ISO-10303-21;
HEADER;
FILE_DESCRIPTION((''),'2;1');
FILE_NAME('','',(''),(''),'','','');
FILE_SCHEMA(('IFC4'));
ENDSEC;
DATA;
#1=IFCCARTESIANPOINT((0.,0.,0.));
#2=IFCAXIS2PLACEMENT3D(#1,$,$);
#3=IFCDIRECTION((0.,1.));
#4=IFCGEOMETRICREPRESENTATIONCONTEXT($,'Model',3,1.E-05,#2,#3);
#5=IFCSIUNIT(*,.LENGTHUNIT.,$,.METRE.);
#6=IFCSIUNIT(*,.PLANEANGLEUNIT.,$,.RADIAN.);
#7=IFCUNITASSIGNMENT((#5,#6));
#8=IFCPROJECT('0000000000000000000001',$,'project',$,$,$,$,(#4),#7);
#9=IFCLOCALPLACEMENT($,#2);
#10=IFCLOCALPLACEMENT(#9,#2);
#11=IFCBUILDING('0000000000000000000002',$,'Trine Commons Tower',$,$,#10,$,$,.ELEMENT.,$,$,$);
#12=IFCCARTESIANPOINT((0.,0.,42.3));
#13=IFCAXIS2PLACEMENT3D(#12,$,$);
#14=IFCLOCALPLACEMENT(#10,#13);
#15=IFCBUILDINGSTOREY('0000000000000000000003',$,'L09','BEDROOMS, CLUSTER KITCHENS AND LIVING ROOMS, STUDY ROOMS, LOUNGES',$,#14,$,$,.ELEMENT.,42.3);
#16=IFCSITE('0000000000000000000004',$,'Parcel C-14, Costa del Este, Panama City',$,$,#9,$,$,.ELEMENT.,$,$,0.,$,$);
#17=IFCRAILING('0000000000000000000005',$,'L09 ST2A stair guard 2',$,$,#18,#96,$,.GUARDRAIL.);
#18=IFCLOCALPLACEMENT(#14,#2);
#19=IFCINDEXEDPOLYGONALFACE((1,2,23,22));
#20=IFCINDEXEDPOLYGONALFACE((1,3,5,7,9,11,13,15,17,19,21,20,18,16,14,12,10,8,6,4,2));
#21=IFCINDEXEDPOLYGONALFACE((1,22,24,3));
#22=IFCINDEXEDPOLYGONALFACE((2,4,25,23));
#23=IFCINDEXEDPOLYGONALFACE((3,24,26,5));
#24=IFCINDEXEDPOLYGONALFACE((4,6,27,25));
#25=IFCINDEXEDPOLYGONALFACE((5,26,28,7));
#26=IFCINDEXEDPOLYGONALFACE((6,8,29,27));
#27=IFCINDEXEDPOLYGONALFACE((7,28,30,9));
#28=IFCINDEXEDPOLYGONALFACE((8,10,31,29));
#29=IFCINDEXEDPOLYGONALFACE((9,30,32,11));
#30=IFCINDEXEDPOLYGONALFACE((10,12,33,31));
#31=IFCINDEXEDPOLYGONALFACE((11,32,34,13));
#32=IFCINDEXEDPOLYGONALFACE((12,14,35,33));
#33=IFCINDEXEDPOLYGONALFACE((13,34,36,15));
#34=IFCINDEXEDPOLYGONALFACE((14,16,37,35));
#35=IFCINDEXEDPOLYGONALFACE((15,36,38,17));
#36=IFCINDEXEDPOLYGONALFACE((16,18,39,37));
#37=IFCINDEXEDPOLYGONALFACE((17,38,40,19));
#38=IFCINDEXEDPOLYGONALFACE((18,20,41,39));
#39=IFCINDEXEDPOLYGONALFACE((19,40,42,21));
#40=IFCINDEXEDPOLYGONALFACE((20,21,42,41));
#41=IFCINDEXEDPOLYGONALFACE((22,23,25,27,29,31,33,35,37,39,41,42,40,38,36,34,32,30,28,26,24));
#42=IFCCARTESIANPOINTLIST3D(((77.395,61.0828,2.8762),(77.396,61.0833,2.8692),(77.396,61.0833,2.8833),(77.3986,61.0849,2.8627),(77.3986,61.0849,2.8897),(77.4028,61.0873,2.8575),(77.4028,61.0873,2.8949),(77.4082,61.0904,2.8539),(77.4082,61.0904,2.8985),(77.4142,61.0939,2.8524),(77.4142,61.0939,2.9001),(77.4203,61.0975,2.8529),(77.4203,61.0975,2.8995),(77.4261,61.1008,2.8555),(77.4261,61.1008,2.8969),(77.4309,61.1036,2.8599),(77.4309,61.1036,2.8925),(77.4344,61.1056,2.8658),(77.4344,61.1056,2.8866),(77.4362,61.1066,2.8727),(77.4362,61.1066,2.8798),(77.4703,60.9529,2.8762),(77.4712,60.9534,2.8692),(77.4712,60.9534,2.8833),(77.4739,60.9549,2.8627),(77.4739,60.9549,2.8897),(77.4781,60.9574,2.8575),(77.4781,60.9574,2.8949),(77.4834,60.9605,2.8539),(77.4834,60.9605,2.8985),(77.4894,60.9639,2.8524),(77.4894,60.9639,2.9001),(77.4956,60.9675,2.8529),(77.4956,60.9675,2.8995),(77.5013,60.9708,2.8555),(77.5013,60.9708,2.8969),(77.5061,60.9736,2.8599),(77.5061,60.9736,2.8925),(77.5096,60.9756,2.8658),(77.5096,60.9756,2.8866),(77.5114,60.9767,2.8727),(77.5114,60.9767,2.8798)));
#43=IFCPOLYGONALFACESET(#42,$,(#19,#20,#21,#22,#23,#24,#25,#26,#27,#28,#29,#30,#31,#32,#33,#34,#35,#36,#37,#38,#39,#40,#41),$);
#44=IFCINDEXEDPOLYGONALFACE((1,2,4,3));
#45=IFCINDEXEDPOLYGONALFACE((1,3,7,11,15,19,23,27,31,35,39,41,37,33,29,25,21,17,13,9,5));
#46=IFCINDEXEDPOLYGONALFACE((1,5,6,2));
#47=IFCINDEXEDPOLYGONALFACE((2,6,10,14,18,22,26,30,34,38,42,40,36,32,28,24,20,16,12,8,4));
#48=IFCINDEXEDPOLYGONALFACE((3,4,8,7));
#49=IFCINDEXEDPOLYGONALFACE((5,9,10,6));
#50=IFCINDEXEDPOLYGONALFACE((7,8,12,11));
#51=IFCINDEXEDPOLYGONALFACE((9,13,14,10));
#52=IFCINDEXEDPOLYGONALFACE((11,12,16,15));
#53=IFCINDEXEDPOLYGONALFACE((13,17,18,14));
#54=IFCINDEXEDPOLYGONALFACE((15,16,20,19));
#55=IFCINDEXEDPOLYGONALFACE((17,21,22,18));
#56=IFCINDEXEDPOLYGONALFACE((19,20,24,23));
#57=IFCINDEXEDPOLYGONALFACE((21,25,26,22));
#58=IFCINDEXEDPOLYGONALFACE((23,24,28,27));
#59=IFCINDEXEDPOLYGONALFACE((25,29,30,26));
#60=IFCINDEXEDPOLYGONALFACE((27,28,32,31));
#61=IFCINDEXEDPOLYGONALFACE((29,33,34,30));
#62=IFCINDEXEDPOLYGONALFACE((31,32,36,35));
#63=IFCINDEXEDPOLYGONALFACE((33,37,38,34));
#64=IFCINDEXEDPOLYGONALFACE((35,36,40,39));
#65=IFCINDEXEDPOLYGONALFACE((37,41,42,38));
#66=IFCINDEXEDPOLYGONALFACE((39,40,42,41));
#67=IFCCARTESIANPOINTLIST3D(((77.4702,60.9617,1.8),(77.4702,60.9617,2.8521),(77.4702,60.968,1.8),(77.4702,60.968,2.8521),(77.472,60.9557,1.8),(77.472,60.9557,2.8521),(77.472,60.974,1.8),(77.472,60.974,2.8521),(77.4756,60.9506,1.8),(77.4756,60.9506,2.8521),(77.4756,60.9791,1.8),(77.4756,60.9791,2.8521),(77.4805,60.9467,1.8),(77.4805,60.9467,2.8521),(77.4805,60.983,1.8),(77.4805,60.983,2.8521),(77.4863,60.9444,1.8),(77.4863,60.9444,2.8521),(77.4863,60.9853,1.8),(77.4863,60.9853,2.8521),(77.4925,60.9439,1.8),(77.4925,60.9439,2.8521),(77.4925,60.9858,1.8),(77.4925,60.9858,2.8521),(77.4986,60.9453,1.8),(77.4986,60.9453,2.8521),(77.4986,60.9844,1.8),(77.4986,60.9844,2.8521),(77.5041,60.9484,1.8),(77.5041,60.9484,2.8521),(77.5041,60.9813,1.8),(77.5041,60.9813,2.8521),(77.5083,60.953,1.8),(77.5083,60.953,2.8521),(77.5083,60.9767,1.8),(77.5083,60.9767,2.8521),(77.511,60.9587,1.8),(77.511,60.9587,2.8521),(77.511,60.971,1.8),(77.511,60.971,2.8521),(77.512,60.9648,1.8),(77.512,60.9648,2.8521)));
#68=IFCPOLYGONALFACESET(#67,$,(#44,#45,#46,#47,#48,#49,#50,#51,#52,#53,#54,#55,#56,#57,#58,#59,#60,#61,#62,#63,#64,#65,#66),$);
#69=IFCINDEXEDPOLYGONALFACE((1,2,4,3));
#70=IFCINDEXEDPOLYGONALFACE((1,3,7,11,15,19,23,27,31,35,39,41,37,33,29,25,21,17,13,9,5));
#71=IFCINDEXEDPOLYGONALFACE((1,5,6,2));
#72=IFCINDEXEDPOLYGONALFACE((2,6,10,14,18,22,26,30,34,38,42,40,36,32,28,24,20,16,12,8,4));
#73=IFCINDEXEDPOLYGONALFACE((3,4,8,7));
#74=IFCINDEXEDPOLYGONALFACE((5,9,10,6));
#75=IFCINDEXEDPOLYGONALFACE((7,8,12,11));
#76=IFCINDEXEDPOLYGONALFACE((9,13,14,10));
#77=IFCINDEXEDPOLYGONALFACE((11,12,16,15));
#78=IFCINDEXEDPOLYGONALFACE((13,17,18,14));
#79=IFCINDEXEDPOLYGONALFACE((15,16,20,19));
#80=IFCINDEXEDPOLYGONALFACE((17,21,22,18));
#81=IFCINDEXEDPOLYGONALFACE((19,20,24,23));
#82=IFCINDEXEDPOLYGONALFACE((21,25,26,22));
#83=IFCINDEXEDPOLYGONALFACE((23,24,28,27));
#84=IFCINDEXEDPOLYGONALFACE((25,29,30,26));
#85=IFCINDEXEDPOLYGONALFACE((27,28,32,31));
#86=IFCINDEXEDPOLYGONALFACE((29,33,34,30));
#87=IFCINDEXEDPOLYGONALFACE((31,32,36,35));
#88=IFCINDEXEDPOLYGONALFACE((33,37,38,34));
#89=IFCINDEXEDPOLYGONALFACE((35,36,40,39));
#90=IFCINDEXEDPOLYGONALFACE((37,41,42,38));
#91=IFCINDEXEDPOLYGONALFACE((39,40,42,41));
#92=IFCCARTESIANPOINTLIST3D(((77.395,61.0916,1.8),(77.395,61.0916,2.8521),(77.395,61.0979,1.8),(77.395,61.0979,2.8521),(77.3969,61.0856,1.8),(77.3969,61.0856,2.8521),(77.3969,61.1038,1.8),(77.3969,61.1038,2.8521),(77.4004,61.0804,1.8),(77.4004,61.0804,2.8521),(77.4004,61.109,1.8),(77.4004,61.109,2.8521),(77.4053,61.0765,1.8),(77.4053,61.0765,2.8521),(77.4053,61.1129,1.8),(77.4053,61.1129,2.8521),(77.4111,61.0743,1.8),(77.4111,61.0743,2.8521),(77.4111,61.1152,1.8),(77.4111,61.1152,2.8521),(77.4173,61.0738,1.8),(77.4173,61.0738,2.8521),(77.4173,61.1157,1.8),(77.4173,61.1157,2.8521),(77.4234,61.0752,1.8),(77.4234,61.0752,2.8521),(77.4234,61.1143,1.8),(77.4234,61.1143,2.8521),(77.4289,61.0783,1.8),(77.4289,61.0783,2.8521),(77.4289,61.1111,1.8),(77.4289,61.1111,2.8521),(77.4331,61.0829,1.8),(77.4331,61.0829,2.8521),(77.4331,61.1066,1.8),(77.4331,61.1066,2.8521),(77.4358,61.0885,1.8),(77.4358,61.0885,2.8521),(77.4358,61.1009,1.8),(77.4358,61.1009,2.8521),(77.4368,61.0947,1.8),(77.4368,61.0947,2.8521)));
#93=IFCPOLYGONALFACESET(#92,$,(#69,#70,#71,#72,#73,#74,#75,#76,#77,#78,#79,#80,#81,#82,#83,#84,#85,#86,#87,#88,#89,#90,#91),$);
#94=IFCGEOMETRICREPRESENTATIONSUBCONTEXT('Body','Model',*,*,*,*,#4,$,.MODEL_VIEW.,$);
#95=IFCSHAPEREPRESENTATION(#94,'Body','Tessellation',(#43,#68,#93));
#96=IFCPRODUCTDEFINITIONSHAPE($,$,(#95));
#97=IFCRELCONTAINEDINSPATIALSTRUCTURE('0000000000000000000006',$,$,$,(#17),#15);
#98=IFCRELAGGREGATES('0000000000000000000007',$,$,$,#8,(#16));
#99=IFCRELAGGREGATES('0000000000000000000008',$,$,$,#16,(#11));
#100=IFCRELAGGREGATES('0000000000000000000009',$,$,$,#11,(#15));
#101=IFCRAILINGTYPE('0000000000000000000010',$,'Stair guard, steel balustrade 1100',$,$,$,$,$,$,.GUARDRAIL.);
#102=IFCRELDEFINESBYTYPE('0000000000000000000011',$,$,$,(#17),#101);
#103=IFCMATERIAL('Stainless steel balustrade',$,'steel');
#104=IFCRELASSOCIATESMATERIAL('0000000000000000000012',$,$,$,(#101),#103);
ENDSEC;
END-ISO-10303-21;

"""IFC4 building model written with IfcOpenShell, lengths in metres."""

from ifc_helpers import new_model, si_unit, direction, frame, origin, origin_2d, place, context, subcontext, project, spatial, circle, extrude, material, type_object, element, save


model = new_model("IFC4")

# Units and contexts
model_context = context("Model", 3, precision=1e-05, world=origin(), true_north=direction((0.0, 1.0)))
body_context = subcontext(model_context, "Body", "Model", "MODEL_VIEW")
ifc_project = project(units=[si_unit("LENGTHUNIT", "METRE"), si_unit("PLANEANGLEUNIT", "RADIAN")], contexts=[model_context])

# Site, building, storey
site_placement = place(None, origin())
site = spatial("IfcSite", under=ifc_project, at=site_placement, Name="Parcel C-14, Costa del Este, Panama City", CompositionType="ELEMENT", RefElevation=0.0)
building_placement = place(site_placement, origin())
building = spatial("IfcBuilding", under=site, at=building_placement, Name="Trine Commons Tower", CompositionType="ELEMENT")
storey_placement = place(building_placement, frame((0.0, 0.0, 42.3)))
storey = spatial("IfcBuildingStorey", under=building, at=storey_placement, Name="L09", Description="BEDROOMS, CLUSTER KITCHENS AND LIVING ROOMS, STUDY ROOMS, LOUNGES", CompositionType="ELEMENT", Elevation=42.3)

# Railing
ifc_material_1 = material(Name="Stainless steel balustrade", Category="steel")
railing_type_1 = type_object("IfcRailingType", Name="Stair guard, steel balustrade 1100", PredefinedType="GUARDRAIL", material=ifc_material_1)
railing_1_placement = place(storey_placement, frame((77.491, 60.9648, 1.8)))
element("IfcRailing", 1, at=railing_1_placement, inside=storey, type_object=railing_type_1, Name="L09 ST2A stair guard 2", PredefinedType="GUARDRAIL", context=body_context, shape_type="SweptSolid", body=[
    extrude(circle(Radius=0.0239, at=origin_2d()), frame((0.0, 0.0, 1.0762), z_axis=(-0.501036, 0.865426, 0.0), x_axis=(-0.865426, -0.501036, 0.0)), (0.0, 0.0, 1.0), 0.1501),
    extrude(circle(Radius=0.021, at=origin_2d()), origin(), (0.0, 0.0, 1.0), 1.052),
    extrude(circle(Radius=0.021, at=origin_2d()), frame((-0.0752, 0.1299, 0.0)), (0.0, 0.0, 1.0), 1.052),
])

save(model, "model.ifc")
